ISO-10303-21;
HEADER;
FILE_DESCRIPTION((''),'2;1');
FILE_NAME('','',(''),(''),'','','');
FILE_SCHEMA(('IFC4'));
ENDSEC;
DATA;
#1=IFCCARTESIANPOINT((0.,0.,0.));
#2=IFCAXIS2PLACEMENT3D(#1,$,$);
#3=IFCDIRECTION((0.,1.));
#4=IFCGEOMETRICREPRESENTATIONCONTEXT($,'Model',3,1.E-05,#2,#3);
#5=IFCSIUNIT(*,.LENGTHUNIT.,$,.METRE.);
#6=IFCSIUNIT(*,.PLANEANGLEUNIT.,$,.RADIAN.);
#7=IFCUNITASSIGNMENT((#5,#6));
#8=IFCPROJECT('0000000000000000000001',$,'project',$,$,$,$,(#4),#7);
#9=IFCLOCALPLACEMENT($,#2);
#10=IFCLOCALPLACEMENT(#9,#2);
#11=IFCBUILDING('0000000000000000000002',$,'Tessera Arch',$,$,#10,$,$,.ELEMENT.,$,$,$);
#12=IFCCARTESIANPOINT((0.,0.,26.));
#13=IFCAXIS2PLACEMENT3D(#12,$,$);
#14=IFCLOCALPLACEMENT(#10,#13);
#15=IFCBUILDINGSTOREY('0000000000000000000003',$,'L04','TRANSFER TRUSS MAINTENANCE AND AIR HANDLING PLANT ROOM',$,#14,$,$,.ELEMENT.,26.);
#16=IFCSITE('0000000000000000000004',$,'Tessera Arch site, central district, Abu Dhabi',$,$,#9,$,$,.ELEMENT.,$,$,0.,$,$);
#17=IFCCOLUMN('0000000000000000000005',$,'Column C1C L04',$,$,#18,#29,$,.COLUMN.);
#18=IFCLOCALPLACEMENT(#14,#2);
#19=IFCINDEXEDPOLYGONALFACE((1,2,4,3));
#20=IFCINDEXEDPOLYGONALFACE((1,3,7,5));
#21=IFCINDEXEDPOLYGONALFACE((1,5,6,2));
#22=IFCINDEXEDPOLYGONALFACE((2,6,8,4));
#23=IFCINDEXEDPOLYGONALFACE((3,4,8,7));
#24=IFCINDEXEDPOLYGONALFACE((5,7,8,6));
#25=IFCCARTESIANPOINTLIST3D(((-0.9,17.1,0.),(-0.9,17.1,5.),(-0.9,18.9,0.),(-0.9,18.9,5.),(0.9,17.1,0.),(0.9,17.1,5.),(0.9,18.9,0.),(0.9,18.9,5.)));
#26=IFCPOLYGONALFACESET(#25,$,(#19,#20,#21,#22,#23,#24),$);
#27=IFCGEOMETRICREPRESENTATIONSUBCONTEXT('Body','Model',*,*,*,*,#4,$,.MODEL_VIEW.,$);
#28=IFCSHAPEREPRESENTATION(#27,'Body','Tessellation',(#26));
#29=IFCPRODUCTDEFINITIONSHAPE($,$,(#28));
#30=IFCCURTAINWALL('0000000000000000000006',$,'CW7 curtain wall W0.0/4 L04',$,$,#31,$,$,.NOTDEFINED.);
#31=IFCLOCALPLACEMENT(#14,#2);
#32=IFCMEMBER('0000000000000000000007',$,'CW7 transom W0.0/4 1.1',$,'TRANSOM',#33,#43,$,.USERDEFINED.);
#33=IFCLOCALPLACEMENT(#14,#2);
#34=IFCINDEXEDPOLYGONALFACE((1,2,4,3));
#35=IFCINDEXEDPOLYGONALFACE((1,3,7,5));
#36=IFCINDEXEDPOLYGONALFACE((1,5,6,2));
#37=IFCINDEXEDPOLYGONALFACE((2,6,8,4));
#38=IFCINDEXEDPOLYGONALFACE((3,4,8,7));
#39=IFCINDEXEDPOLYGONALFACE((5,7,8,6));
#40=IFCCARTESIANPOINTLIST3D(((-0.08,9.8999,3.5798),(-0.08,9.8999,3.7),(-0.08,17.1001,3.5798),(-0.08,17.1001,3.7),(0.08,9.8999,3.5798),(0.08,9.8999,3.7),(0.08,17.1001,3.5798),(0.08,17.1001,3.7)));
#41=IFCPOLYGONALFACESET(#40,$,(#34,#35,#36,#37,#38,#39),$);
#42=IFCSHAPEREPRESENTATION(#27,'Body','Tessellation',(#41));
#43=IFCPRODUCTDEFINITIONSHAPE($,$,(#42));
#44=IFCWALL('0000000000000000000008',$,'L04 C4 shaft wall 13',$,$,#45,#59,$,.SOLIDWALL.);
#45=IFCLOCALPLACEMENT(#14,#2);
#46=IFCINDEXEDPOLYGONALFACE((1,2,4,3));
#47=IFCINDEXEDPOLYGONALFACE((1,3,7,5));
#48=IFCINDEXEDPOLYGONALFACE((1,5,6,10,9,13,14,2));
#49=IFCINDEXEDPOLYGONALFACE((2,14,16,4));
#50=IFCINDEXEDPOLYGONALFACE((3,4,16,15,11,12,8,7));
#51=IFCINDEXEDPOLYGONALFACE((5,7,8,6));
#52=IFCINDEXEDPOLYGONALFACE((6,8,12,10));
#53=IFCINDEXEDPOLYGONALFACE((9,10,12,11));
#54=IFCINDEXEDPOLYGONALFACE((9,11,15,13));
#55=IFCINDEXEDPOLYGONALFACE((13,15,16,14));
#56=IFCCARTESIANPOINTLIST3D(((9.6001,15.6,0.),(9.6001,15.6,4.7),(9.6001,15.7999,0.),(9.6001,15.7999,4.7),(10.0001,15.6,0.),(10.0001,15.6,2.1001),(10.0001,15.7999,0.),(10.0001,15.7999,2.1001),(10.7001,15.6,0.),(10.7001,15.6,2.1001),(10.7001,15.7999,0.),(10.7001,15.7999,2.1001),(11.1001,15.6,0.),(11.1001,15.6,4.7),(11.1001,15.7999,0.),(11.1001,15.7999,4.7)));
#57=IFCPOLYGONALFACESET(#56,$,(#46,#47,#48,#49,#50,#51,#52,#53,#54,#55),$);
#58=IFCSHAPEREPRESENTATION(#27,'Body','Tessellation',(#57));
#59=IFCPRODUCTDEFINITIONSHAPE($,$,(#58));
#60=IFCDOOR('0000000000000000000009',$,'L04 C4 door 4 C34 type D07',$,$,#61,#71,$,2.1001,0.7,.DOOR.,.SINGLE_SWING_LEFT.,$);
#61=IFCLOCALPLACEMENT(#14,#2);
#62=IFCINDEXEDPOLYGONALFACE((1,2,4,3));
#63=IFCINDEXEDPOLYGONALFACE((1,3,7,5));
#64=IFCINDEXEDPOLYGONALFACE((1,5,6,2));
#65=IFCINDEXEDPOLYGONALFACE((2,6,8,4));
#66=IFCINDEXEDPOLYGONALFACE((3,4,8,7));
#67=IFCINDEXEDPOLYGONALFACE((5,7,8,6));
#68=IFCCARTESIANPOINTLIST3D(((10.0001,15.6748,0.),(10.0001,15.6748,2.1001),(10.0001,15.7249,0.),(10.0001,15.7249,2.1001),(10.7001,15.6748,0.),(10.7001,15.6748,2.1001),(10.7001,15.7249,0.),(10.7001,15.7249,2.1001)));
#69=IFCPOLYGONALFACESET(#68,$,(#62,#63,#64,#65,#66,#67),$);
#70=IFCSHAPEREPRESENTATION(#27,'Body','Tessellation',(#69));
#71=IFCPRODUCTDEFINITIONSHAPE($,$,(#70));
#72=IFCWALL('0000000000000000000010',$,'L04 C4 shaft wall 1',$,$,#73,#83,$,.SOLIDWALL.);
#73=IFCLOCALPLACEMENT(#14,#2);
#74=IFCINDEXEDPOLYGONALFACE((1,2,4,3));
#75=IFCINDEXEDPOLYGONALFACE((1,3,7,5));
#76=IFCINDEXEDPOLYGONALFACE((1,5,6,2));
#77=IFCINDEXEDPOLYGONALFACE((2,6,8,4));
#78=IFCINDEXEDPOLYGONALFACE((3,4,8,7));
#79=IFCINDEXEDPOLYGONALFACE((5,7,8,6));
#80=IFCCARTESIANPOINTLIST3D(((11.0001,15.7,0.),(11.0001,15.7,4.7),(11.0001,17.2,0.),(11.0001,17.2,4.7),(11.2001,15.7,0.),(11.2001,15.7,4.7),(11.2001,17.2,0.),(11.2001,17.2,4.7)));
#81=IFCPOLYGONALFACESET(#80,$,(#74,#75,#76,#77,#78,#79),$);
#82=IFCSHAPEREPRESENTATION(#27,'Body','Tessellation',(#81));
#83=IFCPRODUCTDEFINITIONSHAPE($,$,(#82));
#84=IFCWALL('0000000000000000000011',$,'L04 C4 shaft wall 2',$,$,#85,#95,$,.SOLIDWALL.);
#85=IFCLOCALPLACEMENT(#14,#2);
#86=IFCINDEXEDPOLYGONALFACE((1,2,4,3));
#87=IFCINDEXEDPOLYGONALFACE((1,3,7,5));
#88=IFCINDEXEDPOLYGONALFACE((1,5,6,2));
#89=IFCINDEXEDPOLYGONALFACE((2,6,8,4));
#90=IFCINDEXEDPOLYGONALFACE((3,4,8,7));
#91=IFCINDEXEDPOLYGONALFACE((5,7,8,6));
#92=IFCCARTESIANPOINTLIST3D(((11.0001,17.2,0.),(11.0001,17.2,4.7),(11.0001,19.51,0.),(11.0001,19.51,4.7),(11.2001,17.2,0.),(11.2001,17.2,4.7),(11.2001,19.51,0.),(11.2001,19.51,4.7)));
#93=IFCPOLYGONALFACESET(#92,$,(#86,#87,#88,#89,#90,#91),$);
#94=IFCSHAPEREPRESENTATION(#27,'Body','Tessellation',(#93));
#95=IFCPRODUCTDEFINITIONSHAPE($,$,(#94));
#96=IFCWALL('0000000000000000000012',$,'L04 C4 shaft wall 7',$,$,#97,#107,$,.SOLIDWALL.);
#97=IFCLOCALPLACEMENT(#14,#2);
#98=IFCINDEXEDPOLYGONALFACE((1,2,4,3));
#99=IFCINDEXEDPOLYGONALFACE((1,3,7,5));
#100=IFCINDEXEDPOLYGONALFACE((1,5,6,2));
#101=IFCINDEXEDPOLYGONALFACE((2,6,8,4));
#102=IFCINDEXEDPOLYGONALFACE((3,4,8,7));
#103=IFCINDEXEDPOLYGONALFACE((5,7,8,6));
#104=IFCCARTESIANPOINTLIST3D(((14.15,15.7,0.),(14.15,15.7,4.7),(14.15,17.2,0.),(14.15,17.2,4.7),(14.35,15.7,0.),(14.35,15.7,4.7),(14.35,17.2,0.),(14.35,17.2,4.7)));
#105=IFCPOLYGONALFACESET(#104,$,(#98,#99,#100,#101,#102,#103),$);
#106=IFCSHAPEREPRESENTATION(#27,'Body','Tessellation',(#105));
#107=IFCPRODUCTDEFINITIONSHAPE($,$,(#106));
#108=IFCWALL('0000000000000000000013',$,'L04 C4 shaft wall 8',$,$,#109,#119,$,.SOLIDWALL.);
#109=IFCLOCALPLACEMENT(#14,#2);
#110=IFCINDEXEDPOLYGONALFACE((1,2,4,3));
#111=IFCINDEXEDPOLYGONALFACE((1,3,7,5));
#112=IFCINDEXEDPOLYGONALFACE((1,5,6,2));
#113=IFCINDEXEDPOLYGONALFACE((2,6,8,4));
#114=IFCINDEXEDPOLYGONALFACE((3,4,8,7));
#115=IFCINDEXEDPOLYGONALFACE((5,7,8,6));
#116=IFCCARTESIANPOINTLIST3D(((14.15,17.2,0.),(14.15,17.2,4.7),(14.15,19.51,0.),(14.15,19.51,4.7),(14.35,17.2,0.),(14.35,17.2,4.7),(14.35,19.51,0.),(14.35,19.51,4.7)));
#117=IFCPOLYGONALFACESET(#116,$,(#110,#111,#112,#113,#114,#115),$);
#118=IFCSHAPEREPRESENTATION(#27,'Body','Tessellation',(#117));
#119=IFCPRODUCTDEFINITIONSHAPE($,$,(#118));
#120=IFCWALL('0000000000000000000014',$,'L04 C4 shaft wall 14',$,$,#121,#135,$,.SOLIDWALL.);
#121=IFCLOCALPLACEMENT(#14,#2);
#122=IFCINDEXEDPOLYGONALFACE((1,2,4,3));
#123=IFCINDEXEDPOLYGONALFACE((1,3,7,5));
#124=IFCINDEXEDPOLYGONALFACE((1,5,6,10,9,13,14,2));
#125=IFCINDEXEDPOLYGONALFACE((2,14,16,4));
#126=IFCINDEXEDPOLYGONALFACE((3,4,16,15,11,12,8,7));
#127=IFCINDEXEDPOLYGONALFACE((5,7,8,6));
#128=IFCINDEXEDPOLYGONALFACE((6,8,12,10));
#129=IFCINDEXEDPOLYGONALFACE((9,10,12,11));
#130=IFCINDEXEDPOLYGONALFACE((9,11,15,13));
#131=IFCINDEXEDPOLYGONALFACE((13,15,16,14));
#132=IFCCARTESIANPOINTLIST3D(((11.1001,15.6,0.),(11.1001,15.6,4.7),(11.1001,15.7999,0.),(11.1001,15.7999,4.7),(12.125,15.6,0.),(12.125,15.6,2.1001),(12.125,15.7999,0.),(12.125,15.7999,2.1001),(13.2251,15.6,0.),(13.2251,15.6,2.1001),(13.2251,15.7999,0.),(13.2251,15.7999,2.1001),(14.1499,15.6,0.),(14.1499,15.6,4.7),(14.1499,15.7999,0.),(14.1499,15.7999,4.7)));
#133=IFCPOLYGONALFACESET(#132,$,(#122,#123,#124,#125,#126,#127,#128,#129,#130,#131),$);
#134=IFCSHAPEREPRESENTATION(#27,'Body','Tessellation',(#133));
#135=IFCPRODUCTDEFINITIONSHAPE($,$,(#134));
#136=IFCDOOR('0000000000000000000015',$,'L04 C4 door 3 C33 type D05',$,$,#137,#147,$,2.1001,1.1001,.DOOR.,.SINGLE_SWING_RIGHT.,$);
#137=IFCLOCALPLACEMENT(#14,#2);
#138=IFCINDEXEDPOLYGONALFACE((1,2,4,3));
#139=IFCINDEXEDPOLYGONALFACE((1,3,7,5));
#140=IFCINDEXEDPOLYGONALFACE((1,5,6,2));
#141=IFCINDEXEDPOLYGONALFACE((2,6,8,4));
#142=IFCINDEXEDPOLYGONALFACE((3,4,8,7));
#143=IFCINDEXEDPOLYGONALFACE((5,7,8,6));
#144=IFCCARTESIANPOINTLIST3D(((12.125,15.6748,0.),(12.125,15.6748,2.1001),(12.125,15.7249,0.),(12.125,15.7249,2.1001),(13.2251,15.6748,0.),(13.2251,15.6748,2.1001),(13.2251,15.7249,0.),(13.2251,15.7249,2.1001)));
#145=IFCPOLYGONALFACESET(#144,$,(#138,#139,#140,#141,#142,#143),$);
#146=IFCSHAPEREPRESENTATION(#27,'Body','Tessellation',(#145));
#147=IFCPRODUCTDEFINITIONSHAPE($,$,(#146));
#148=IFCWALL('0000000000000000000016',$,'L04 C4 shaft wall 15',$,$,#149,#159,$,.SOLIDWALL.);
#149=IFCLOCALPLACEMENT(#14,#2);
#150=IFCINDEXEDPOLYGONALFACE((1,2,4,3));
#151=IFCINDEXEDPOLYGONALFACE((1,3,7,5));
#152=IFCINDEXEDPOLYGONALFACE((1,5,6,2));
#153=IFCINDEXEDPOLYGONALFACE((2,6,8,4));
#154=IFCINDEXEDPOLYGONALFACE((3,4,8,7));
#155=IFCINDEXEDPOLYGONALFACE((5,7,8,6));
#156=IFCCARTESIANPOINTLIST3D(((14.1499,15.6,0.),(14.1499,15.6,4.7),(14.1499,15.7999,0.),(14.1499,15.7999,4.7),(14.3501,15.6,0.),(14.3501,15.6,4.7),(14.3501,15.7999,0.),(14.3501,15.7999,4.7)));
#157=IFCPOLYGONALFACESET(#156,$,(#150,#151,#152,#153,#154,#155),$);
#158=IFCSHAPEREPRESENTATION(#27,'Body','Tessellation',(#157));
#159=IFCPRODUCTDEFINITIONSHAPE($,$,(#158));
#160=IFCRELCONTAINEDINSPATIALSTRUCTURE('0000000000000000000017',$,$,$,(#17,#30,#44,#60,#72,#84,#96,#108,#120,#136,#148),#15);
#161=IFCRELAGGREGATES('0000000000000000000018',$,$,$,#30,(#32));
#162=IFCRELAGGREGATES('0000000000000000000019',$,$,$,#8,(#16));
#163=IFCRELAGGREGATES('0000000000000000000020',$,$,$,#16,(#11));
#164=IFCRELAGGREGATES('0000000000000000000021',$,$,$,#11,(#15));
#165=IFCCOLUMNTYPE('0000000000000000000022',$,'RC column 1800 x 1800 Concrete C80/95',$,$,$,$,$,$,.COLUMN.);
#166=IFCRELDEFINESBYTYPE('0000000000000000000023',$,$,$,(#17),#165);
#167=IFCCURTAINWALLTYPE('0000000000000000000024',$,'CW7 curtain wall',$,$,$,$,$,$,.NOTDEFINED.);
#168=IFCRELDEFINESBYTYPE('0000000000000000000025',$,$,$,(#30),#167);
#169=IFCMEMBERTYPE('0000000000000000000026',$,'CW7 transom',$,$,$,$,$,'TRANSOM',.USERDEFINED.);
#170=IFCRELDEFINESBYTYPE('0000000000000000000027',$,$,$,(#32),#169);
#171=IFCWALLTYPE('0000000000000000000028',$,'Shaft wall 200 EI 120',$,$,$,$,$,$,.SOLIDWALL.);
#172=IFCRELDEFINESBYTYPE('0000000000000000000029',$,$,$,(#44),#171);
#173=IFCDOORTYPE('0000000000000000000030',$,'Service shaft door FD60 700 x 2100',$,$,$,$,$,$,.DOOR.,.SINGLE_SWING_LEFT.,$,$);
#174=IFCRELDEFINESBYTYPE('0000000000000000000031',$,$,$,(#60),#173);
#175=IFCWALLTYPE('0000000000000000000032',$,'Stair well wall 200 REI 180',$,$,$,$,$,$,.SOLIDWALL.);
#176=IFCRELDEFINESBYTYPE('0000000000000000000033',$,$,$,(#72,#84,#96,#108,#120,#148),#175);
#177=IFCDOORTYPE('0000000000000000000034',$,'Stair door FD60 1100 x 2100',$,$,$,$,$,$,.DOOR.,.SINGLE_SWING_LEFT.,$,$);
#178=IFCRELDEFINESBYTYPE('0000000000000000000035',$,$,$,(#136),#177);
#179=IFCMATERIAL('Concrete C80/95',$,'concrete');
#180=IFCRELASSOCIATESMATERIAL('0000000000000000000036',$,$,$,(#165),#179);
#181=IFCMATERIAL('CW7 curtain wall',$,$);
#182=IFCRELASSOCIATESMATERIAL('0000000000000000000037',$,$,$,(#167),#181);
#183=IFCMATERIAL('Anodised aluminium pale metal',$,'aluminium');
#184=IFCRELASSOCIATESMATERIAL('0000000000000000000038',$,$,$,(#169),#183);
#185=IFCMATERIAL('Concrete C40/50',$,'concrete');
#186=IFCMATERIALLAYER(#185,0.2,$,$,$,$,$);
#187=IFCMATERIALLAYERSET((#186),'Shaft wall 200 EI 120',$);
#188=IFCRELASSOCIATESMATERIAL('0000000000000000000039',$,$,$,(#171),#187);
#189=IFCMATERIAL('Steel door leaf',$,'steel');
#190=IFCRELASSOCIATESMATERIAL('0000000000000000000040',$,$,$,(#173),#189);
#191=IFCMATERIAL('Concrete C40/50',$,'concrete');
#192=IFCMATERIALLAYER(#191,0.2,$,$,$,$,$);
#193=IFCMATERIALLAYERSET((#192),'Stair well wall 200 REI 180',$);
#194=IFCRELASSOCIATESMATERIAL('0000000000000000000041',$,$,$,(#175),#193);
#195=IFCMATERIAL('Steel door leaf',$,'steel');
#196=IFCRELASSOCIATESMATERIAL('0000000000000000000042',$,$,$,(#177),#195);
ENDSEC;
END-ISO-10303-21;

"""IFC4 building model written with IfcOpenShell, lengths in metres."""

from ifc_helpers import new_model, si_unit, direction, frame, frame_2d, origin, origin_2d, place, context, subcontext, project, spatial, rectangle, extrude, material, layer, layer_set, material_profile, profile_set, type_object, element, fill, aggregate, save


model = new_model("IFC4")

# Units and contexts
model_context = context("Model", 3, precision=1e-05, world=origin(), true_north=direction((0.0, 1.0)))
body_context = subcontext(model_context, "Body", "Model", "MODEL_VIEW")
ifc_project = project(units=[si_unit("LENGTHUNIT", "METRE"), si_unit("PLANEANGLEUNIT", "RADIAN")], contexts=[model_context])

# Site, building, storey
site_placement = place(None, origin())
site = spatial("IfcSite", under=ifc_project, at=site_placement, Name="Tessera Arch site, central district, Abu Dhabi", CompositionType="ELEMENT", RefElevation=0.0)
building_placement = place(site_placement, origin())
building = spatial("IfcBuilding", under=site, at=building_placement, Name="Tessera Arch", CompositionType="ELEMENT")
storey_placement = place(building_placement, frame((0.0, 0.0, 26.0)))
storey = spatial("IfcBuildingStorey", under=building, at=storey_placement, Name="L04", Description="TRANSFER TRUSS MAINTENANCE AND AIR HANDLING PLANT ROOM", CompositionType="ELEMENT", Elevation=26.0)

# Column
ifc_material_1 = material(Name="Concrete C80/95", Category="concrete")
ifc_material_profile_1 = material_profile(ifc_material_1, rectangle(XDim=1.8, YDim=1.8, at=origin_2d()), Name="RC column 1800 x 1800 Concrete C80/95")
ifc_profile_set_1 = profile_set([ifc_material_profile_1], Name="Concrete C80/95")
column_type = type_object("IfcColumnType", Name="RC column 1800 x 1800 Concrete C80/95", PredefinedType="COLUMN", material=ifc_profile_set_1)
column_placement = place(storey_placement, frame((0.0, 18.0, 0.0), z_axis=(0.0, 0.0, 1.0), x_axis=(1.0, 0.0, 0.0)))
element("IfcColumn", 1, at=column_placement, inside=storey, type_object=column_type, Name="Column C1C L04", PredefinedType="COLUMN", context=body_context, shape_type="SweptSolid", body=[
    extrude(rectangle(XDim=1.8, YDim=1.8, at=origin_2d()), origin(), (0.0, 0.0, 1.0), 5.0),
])

# Curtain wall, member
ifc_material_2 = material(Name="CW7 curtain wall")
curtain_wall_type = type_object("IfcCurtainWallType", Name="CW7 curtain wall", PredefinedType="NOTDEFINED", material=ifc_material_2)
curtain_wall_placement = place(storey_placement, origin())
curtain_wall = element("IfcCurtainWall", 2, at=curtain_wall_placement, inside=storey, type_object=curtain_wall_type, Name="CW7 curtain wall W0.0/4 L04", PredefinedType="NOTDEFINED")
ifc_material_3 = material(Name="Anodised aluminium pale metal", Category="aluminium")
ifc_material_profile_2 = material_profile(ifc_material_3, rectangle(XDim=0.1599, YDim=0.1201, at=origin_2d()), Name="AL 160x120")
ifc_profile_set_2 = profile_set([ifc_material_profile_2], Name="Anodised aluminium pale metal")
member_type = type_object("IfcMemberType", Name="CW7 transom", ElementType="TRANSOM", PredefinedType="USERDEFINED", material=ifc_profile_set_2)
member_placement = place(storey_placement, frame((0.0, 17.1001, 3.6399), z_axis=(0.0, -1.0, 0.0), x_axis=(1.0, 0.0, 0.0)))
member = element("IfcMember", 3, at=member_placement, type_object=member_type, Name="CW7 transom W0.0/4 1.1", ObjectType="TRANSOM", PredefinedType="USERDEFINED", context=body_context, shape_type="SweptSolid", body=[
    extrude(rectangle(XDim=0.1599, YDim=0.1201, at=origin_2d()), origin(), (0.0, 0.0, 1.0), 7.2002),
])
aggregate(curtain_wall, [member])

# Wall, opening, door
ifc_material_4 = material(Name="Concrete C40/50", Category="concrete")
ifc_layer_1 = layer(ifc_material_4, 0.2)
ifc_layer_set_1 = layer_set([ifc_layer_1], Name="Shaft wall 200 EI 120")
wall_type_1 = type_object("IfcWallType", Name="Shaft wall 200 EI 120", PredefinedType="SOLIDWALL", material=ifc_layer_set_1)
wall_1_placement = place(storey_placement, frame((9.6001, 15.7, 0.0), z_axis=(0.0, 0.0, 1.0), x_axis=(1.0, 0.0, 0.0)))
wall_1 = element("IfcWall", 4, at=wall_1_placement, inside=storey, type_object=wall_type_1, Name="L04 C4 shaft wall 13", PredefinedType="SOLIDWALL", context=body_context, shape_type="SweptSolid", body=[
    extrude(rectangle(XDim=1.5, YDim=0.2, at=frame_2d((0.75, 0.0))), origin(), (0.0, 0.0, 1.0), 4.7),
])
opening_1_placement = place(wall_1_placement, frame((0.3999, 0.0, 0.0)))
opening_1 = element("IfcOpeningElement", 5, at=opening_1_placement, cuts=wall_1, PredefinedType="OPENING", context=body_context, shape_type="SweptSolid", body=[
    extrude(rectangle(XDim=0.7, YDim=2.1001, at=frame_2d((0.3501, 1.05))), frame((0.0, 0.1099, 0.0), z_axis=(0.0, -1.0, 0.0), x_axis=(1.0, 0.0, 0.0)), (0.0, 0.0, 1.0), 0.22),
])
ifc_material_5 = material(Name="Steel door leaf", Category="steel")
door_type_1 = type_object("IfcDoorType", Name="Service shaft door FD60 700 x 2100", OperationType="SINGLE_SWING_LEFT", PredefinedType="DOOR", material=ifc_material_5)
door_1_placement = place(opening_1_placement, origin())
door_1 = element("IfcDoor", 6, at=door_1_placement, inside=storey, type_object=door_type_1, Name="L04 C4 door 4 C34 type D07", OperationType="SINGLE_SWING_LEFT", OverallHeight=2.1001, OverallWidth=0.7, PredefinedType="DOOR", context=body_context, shape_type="SweptSolid", body=[
    extrude(rectangle(XDim=0.7, YDim=2.1001, at=frame_2d((0.3501, 1.05))), frame((0.0, 0.0249, 0.0), z_axis=(0.0, -1.0, 0.0), x_axis=(1.0, 0.0, 0.0)), (0.0, 0.0, 1.0), 0.05),
])
fill(opening_1, door_1)

# Walls
ifc_material_6 = material(Name="Concrete C40/50", Category="concrete")
ifc_layer_2 = layer(ifc_material_6, 0.2)
ifc_layer_set_2 = layer_set([ifc_layer_2], Name="Stair well wall 200 REI 180")
wall_type_2 = type_object("IfcWallType", Name="Stair well wall 200 REI 180", PredefinedType="SOLIDWALL", material=ifc_layer_set_2)
wall_2_placement = place(storey_placement, frame((11.1001, 15.7, 0.0), z_axis=(0.0, 0.0, 1.0), x_axis=(0.0, 1.0, 0.0)))
element("IfcWall", 7, at=wall_2_placement, inside=storey, type_object=wall_type_2, Name="L04 C4 shaft wall 1", PredefinedType="SOLIDWALL", context=body_context, shape_type="SweptSolid", body=[
    extrude(rectangle(XDim=1.5, YDim=0.2, at=frame_2d((0.75, 0.0))), origin(), (0.0, 0.0, 1.0), 4.7),
])
wall_3_placement = place(storey_placement, frame((11.1001, 17.2, 0.0), z_axis=(0.0, 0.0, 1.0), x_axis=(0.0, 1.0, 0.0)))
element("IfcWall", 8, at=wall_3_placement, inside=storey, type_object=wall_type_2, Name="L04 C4 shaft wall 2", PredefinedType="SOLIDWALL", context=body_context, shape_type="SweptSolid", body=[
    extrude(rectangle(XDim=2.3101, YDim=0.2, at=frame_2d((1.155, 0.0))), origin(), (0.0, 0.0, 1.0), 4.7),
])
wall_4_placement = place(storey_placement, frame((14.25, 15.7, 0.0), z_axis=(0.0, 0.0, 1.0), x_axis=(0.0, 1.0, 0.0)))
element("IfcWall", 9, at=wall_4_placement, inside=storey, type_object=wall_type_2, Name="L04 C4 shaft wall 7", PredefinedType="SOLIDWALL", context=body_context, shape_type="SweptSolid", body=[
    extrude(rectangle(XDim=1.5, YDim=0.2, at=frame_2d((0.75, 0.0))), origin(), (0.0, 0.0, 1.0), 4.7),
])
wall_5_placement = place(storey_placement, frame((14.25, 17.2, 0.0), z_axis=(0.0, 0.0, 1.0), x_axis=(0.0, 1.0, 0.0)))
element("IfcWall", 10, at=wall_5_placement, inside=storey, type_object=wall_type_2, Name="L04 C4 shaft wall 8", PredefinedType="SOLIDWALL", context=body_context, shape_type="SweptSolid", body=[
    extrude(rectangle(XDim=2.3101, YDim=0.2, at=frame_2d((1.155, 0.0))), origin(), (0.0, 0.0, 1.0), 4.7),
])

# Wall, opening, door
wall_6_placement = place(storey_placement, frame((11.1001, 15.7, 0.0), z_axis=(0.0, 0.0, 1.0), x_axis=(1.0, 0.0, 0.0)))
wall_6 = element("IfcWall", 11, at=wall_6_placement, inside=storey, type_object=wall_type_2, Name="L04 C4 shaft wall 14", PredefinedType="SOLIDWALL", context=body_context, shape_type="SweptSolid", body=[
    extrude(rectangle(XDim=3.0498, YDim=0.2, at=frame_2d((1.5249, 0.0))), origin(), (0.0, 0.0, 1.0), 4.7),
])
opening_2_placement = place(wall_6_placement, frame((1.0249, 0.0, 0.0)))
opening_2 = element("IfcOpeningElement", 12, at=opening_2_placement, cuts=wall_6, PredefinedType="OPENING", context=body_context, shape_type="SweptSolid", body=[
    extrude(rectangle(XDim=1.1001, YDim=2.1001, at=frame_2d((0.55, 1.05))), frame((0.0, 0.1099, 0.0), z_axis=(0.0, -1.0, 0.0), x_axis=(1.0, 0.0, 0.0)), (0.0, 0.0, 1.0), 0.22),
])
ifc_material_7 = material(Name="Steel door leaf", Category="steel")
door_type_2 = type_object("IfcDoorType", Name="Stair door FD60 1100 x 2100", OperationType="SINGLE_SWING_LEFT", PredefinedType="DOOR", material=ifc_material_7)
door_2_placement = place(opening_2_placement, origin())
door_2 = element("IfcDoor", 13, at=door_2_placement, inside=storey, type_object=door_type_2, Name="L04 C4 door 3 C33 type D05", OperationType="SINGLE_SWING_RIGHT", OverallHeight=2.1001, OverallWidth=1.1001, PredefinedType="DOOR", context=body_context, shape_type="SweptSolid", body=[
    extrude(rectangle(XDim=1.1001, YDim=2.1001, at=frame_2d((0.55, 1.05))), frame((0.0, 0.0249, 0.0), z_axis=(0.0, -1.0, 0.0), x_axis=(1.0, 0.0, 0.0)), (0.0, 0.0, 1.0), 0.05),
])
fill(opening_2, door_2)

# Wall
wall_7_placement = place(storey_placement, frame((14.1499, 15.7, 0.0), z_axis=(0.0, 0.0, 1.0), x_axis=(1.0, 0.0, 0.0)))
element("IfcWall", 14, at=wall_7_placement, inside=storey, type_object=wall_type_2, Name="L04 C4 shaft wall 15", PredefinedType="SOLIDWALL", context=body_context, shape_type="SweptSolid", body=[
    extrude(rectangle(XDim=0.2002, YDim=0.2, at=frame_2d((0.1001, 0.0))), origin(), (0.0, 0.0, 1.0), 4.7),
])

save(model, "model.ifc")
